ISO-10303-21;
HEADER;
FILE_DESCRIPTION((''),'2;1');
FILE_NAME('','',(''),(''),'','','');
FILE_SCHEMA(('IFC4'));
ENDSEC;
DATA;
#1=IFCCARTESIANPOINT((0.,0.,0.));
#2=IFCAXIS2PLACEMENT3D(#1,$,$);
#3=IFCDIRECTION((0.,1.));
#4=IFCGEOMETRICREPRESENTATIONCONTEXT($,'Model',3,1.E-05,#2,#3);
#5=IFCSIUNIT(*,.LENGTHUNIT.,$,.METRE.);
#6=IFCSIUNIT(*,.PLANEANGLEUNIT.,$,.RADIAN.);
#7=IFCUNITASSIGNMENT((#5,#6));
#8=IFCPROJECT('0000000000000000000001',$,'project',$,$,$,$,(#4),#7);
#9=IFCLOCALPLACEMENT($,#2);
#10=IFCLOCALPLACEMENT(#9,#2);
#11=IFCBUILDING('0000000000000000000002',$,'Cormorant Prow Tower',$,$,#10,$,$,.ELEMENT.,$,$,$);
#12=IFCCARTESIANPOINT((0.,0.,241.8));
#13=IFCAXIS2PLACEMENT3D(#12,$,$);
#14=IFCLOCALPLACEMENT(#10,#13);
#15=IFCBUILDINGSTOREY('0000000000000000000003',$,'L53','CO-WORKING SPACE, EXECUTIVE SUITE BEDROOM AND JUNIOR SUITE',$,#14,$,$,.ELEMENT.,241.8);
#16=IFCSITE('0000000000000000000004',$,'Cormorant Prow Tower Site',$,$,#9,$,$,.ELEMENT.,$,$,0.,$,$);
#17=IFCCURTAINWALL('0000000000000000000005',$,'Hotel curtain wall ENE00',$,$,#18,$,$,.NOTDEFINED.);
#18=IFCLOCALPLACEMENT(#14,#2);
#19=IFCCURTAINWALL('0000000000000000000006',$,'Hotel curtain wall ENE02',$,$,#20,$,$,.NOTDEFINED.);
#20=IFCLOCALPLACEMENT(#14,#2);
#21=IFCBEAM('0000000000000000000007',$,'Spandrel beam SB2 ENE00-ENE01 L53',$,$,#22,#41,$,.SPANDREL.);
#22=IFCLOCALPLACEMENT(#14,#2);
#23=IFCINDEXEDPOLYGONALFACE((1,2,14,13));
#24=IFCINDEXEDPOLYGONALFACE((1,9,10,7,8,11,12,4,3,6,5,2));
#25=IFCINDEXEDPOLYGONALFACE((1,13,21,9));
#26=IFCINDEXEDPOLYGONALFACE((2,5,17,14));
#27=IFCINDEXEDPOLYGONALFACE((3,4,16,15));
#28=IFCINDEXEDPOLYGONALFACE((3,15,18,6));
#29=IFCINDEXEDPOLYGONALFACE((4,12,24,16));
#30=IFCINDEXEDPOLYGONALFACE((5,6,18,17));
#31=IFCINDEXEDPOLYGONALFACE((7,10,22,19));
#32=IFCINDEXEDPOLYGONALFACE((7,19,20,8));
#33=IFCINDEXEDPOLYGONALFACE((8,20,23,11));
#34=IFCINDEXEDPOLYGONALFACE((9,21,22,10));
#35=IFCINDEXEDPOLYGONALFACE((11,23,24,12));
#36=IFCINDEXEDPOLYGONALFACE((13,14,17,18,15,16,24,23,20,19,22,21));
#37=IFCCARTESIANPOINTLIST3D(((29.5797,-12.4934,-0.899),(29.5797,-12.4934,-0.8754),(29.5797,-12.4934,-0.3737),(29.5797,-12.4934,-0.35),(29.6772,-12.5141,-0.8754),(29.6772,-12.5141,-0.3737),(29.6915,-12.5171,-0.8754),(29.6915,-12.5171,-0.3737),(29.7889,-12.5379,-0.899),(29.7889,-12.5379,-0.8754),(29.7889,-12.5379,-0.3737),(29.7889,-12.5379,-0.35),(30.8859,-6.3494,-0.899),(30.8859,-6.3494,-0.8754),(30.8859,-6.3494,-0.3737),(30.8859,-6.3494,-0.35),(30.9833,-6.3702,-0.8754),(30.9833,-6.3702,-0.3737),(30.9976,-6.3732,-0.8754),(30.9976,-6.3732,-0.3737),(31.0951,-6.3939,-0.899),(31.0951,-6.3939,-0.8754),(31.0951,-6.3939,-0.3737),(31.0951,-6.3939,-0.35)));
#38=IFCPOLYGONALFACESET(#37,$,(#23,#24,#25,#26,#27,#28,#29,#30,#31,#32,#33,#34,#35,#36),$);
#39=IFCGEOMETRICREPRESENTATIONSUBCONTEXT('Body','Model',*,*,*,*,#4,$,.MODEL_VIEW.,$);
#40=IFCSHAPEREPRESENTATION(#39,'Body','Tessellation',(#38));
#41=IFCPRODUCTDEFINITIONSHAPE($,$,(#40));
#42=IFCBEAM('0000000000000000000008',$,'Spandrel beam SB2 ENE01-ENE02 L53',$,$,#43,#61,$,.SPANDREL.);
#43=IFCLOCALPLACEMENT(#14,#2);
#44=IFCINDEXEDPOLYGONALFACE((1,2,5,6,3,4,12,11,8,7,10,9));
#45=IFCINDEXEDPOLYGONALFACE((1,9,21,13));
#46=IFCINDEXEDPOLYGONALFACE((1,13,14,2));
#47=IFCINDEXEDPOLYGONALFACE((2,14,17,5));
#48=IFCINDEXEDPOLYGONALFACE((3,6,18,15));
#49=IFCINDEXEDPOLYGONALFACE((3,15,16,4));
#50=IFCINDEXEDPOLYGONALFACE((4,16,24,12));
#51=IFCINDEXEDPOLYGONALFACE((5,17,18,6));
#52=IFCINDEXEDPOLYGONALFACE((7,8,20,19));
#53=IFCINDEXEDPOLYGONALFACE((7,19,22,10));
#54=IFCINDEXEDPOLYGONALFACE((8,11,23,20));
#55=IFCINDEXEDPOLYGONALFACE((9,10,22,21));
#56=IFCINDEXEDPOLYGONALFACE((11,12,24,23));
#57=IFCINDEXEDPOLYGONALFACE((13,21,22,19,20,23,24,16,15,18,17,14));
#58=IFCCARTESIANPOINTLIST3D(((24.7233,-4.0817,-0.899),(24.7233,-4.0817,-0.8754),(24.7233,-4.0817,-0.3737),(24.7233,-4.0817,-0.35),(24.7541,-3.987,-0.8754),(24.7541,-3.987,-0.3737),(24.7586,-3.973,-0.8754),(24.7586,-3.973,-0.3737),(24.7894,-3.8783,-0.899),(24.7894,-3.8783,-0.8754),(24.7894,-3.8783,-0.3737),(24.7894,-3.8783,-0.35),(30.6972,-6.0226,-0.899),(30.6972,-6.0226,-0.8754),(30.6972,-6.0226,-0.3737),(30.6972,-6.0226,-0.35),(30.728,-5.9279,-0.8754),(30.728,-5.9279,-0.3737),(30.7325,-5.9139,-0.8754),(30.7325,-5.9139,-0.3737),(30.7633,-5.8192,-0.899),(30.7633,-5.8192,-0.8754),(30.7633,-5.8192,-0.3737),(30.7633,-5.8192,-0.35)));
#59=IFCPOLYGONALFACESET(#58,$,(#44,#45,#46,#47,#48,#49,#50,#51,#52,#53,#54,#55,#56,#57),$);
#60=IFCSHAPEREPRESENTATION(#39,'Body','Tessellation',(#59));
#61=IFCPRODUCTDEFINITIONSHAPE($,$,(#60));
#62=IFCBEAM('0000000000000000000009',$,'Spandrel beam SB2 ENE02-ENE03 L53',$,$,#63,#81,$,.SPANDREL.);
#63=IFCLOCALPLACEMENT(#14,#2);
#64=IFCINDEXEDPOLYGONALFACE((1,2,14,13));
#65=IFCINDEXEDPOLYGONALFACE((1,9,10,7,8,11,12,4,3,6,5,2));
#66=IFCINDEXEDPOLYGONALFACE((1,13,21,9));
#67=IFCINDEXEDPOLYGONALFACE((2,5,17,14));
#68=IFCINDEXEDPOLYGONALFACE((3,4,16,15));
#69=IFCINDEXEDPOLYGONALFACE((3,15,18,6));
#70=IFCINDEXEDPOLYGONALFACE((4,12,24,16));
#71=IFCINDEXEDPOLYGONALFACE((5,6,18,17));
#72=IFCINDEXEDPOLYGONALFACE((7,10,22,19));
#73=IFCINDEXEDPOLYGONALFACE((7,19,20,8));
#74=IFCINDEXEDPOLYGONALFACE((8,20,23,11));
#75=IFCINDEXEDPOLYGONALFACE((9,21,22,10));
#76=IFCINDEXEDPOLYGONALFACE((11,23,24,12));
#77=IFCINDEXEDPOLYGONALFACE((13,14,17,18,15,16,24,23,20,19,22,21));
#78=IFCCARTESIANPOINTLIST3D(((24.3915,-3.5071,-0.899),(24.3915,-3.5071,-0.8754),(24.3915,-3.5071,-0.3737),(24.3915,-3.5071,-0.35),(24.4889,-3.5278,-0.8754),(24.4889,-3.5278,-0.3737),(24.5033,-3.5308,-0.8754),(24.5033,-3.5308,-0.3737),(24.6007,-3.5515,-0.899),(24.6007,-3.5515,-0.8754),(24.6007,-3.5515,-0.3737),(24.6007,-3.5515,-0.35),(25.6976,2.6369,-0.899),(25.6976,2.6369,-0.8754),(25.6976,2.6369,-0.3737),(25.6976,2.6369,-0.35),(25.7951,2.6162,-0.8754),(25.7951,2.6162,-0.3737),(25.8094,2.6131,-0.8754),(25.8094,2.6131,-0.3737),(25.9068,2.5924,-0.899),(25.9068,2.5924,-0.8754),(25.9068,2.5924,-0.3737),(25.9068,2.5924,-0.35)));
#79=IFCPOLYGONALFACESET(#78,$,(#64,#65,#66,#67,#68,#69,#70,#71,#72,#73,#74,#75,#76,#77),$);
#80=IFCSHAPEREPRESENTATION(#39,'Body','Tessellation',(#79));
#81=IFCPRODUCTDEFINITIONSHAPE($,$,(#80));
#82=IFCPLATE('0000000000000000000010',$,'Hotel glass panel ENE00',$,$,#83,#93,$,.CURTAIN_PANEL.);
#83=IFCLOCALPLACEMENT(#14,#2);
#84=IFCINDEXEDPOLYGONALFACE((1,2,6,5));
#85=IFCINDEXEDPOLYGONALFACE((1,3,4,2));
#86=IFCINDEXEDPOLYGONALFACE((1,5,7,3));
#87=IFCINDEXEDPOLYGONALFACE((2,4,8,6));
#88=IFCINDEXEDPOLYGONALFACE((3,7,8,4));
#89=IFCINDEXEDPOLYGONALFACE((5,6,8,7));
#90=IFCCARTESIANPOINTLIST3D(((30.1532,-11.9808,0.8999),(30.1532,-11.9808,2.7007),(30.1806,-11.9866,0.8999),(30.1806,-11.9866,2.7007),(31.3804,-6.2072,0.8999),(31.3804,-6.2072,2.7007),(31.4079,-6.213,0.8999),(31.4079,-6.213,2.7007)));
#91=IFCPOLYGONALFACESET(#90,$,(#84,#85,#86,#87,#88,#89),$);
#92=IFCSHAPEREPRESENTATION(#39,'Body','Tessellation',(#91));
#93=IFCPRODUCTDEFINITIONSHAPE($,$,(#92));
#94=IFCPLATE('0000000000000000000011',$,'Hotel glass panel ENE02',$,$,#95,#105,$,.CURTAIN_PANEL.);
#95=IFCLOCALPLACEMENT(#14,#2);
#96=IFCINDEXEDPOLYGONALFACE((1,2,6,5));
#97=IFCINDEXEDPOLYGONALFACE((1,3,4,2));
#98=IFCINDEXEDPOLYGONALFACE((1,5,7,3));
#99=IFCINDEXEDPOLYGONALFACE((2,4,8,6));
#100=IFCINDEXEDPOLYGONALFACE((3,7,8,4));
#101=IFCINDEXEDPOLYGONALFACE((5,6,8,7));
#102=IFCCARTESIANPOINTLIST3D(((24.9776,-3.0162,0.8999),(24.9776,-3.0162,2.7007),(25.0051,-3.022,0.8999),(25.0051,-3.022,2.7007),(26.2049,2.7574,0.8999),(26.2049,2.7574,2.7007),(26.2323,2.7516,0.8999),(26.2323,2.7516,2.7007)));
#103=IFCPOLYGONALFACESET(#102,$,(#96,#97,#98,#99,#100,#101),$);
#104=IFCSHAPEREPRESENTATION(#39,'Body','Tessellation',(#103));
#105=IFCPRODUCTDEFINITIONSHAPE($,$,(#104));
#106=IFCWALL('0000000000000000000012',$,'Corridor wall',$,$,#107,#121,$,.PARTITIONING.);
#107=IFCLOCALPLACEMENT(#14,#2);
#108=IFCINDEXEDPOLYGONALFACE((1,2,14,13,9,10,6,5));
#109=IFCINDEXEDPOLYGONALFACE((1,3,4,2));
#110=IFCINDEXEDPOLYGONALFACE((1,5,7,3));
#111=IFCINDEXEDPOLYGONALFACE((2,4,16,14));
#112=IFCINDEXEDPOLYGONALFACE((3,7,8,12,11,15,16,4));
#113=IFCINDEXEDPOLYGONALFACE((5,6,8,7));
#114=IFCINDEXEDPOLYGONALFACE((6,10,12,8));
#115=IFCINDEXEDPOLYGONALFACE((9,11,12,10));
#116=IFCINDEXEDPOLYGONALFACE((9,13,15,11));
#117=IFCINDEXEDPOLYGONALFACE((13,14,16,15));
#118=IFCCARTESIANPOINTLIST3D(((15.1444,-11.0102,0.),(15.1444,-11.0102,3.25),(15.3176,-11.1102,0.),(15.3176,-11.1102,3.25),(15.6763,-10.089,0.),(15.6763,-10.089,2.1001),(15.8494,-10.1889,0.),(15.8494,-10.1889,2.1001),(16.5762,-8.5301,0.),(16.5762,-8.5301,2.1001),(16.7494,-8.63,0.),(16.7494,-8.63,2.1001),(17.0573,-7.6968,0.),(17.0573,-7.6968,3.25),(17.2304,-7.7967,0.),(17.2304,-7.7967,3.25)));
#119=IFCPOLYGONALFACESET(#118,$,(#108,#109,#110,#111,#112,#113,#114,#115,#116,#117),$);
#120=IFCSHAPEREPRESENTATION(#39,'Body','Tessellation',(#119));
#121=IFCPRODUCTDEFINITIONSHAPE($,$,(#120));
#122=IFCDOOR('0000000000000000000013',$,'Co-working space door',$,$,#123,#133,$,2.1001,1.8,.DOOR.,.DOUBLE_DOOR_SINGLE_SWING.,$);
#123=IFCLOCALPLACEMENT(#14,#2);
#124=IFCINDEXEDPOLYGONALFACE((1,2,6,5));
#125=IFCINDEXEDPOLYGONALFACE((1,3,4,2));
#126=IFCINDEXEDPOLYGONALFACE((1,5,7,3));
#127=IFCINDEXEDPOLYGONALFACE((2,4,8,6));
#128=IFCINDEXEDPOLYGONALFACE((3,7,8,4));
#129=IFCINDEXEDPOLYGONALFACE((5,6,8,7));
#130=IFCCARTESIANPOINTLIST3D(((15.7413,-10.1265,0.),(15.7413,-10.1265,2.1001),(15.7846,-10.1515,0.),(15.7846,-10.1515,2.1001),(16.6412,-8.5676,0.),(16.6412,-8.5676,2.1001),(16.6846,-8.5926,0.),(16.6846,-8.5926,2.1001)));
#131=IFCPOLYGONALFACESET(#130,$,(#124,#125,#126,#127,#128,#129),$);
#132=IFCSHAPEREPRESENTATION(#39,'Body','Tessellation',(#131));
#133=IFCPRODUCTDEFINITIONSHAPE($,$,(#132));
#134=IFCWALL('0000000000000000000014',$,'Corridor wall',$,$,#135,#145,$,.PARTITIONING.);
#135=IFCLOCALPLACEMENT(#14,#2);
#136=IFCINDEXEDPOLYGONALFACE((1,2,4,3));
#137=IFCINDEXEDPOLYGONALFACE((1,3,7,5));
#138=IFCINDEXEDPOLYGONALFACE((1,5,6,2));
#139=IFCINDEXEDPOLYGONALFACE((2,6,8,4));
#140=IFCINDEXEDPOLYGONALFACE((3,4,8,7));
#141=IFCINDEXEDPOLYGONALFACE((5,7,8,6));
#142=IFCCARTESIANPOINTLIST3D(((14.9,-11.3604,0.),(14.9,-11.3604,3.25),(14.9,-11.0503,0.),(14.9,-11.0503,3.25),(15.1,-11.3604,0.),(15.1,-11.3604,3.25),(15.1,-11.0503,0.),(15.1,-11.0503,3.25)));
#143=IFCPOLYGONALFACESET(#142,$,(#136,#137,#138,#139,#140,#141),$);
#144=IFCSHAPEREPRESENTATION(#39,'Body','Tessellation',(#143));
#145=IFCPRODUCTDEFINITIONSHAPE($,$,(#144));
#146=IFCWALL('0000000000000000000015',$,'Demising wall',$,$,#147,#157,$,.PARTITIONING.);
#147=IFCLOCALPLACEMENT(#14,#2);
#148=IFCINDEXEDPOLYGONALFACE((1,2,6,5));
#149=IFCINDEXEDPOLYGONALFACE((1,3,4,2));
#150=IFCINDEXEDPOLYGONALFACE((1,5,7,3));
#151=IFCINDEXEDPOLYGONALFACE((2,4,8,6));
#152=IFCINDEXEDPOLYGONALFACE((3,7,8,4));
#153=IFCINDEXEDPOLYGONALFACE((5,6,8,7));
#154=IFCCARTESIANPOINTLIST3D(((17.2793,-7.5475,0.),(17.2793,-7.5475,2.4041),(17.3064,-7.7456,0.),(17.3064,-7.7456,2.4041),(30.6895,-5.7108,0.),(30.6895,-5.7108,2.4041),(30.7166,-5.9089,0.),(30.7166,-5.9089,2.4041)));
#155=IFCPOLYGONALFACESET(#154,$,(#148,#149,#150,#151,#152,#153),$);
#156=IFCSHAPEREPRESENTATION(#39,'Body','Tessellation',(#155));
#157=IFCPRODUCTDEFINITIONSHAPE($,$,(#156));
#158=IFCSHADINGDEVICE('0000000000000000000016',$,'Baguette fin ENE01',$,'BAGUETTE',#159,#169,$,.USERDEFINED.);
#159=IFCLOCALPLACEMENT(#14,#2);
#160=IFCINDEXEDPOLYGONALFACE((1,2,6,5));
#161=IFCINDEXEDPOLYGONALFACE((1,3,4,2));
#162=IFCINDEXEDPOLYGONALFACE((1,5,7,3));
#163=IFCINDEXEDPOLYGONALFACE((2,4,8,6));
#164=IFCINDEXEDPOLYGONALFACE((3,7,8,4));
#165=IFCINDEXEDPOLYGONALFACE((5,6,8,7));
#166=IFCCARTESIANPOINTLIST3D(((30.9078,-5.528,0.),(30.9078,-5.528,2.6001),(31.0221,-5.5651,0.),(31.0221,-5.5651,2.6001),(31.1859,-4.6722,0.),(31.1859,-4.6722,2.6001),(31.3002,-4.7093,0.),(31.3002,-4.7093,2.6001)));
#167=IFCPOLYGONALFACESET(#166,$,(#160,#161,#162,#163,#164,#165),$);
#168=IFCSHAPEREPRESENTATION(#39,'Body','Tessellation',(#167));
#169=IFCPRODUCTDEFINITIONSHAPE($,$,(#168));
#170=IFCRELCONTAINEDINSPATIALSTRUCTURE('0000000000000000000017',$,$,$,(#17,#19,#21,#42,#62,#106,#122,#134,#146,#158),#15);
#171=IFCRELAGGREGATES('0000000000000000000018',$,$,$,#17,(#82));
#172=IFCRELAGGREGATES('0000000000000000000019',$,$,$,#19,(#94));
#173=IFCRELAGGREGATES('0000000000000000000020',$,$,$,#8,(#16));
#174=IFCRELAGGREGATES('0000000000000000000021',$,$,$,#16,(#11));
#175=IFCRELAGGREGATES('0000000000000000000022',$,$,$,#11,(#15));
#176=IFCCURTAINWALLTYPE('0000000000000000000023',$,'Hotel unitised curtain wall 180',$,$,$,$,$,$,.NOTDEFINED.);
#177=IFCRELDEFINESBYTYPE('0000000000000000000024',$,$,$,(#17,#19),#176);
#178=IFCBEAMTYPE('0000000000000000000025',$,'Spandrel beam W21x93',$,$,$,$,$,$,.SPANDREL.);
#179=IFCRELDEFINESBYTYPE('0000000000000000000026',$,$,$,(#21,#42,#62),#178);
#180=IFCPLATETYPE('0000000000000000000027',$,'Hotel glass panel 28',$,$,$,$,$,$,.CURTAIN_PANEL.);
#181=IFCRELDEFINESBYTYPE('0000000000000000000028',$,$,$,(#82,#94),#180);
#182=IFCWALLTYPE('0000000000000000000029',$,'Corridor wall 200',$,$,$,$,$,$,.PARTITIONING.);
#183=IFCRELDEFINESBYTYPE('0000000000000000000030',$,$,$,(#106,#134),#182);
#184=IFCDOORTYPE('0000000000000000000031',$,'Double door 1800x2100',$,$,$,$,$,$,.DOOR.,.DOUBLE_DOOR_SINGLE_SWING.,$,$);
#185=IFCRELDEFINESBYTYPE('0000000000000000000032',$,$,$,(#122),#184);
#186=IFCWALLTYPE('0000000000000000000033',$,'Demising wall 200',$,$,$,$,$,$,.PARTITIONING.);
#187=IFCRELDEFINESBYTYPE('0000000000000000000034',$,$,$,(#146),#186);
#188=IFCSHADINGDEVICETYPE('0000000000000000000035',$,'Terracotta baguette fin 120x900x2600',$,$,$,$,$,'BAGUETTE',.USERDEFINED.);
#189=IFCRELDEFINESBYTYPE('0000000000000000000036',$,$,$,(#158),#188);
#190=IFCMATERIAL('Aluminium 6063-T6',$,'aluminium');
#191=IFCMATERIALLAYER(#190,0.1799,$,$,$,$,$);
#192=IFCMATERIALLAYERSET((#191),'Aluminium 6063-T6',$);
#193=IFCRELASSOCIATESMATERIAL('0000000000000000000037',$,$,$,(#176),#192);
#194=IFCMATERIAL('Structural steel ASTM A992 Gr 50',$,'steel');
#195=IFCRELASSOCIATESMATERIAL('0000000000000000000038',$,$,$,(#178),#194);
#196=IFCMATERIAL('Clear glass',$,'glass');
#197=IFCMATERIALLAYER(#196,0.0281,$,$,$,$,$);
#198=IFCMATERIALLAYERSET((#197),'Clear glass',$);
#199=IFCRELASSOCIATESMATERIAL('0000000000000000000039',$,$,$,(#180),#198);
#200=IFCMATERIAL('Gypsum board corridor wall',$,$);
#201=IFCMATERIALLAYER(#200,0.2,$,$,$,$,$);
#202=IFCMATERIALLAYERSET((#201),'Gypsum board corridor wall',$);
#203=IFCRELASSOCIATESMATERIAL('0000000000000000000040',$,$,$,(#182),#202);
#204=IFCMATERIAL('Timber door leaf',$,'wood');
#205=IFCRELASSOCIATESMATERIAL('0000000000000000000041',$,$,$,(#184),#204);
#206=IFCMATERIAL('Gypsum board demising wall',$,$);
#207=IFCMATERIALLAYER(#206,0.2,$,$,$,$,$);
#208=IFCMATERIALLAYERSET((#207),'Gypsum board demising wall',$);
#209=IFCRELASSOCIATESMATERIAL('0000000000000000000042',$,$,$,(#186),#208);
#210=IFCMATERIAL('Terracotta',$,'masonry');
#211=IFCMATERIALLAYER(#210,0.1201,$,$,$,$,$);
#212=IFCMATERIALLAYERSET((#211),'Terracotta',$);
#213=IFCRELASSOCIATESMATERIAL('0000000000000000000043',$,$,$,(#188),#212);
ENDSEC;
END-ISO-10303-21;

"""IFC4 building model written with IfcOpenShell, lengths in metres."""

from ifc_helpers import new_model, si_unit, direction, frame, frame_2d, origin, origin_2d, place, context, subcontext, project, spatial, rectangle, i_section, extrude, material, layer, layer_set, material_profile, profile_set, type_object, element, fill, aggregate, save


model = new_model("IFC4")

# Units and contexts
model_context = context("Model", 3, precision=1e-05, world=origin(), true_north=direction((0.0, 1.0)))
body_context = subcontext(model_context, "Body", "Model", "MODEL_VIEW")
ifc_project = project(units=[si_unit("LENGTHUNIT", "METRE"), si_unit("PLANEANGLEUNIT", "RADIAN")], contexts=[model_context])

# Site, building, storey
site_placement = place(None, origin())
site = spatial("IfcSite", under=ifc_project, at=site_placement, Name="Cormorant Prow Tower Site", CompositionType="ELEMENT", RefElevation=0.0)
building_placement = place(site_placement, origin())
building = spatial("IfcBuilding", under=site, at=building_placement, Name="Cormorant Prow Tower", CompositionType="ELEMENT")
storey_placement = place(building_placement, frame((0.0, 0.0, 241.8)))
storey = spatial("IfcBuildingStorey", under=building, at=storey_placement, Name="L53", Description="CO-WORKING SPACE, EXECUTIVE SUITE BEDROOM AND JUNIOR SUITE", CompositionType="ELEMENT", Elevation=241.8)

# Curtain walls
ifc_material_1 = material(Name="Aluminium 6063-T6", Category="aluminium")
ifc_layer_1 = layer(ifc_material_1, 0.1799)
ifc_layer_set_1 = layer_set([ifc_layer_1], Name="Aluminium 6063-T6")
curtain_wall_type = type_object("IfcCurtainWallType", Name="Hotel unitised curtain wall 180", PredefinedType="NOTDEFINED", material=ifc_layer_set_1)
curtain_wall_1_placement = place(storey_placement, origin())
curtain_wall_1 = element("IfcCurtainWall", 1, at=curtain_wall_1_placement, inside=storey, type_object=curtain_wall_type, Name="Hotel curtain wall ENE00", PredefinedType="NOTDEFINED")
curtain_wall_2_placement = place(storey_placement, origin())
curtain_wall_2 = element("IfcCurtainWall", 2, at=curtain_wall_2_placement, inside=storey, type_object=curtain_wall_type, Name="Hotel curtain wall ENE02", PredefinedType="NOTDEFINED")

# Beams
ifc_material_2 = material(Name="Structural steel ASTM A992 Gr 50", Category="steel")
ifc_material_profile_1 = material_profile(ifc_material_2, i_section(OverallWidth=0.2139, OverallDepth=0.5491, WebThickness=0.0146, FlangeThickness=0.0237, at=origin_2d()), Name="W21x93")
ifc_profile_set_1 = profile_set([ifc_material_profile_1], Name="Structural steel ASTM A992 Gr 50")
beam_type_1 = type_object("IfcBeamType", Name="Spandrel beam W21x93", PredefinedType="SPANDREL", material=ifc_profile_set_1)
for number, where, z_axis, x_axis, name in (
    (3, (29.6843, -12.5156, -0.6245), (0.207941, 0.978141, 0.0), (-0.978141, 0.207941, 0.0), "Spandrel beam SB2 ENE00-ENE01 L53"),
    (4, (30.7302, -5.9209, -0.6245), (-0.951062, 0.309001, 0.0), (-0.309001, -0.951062, 0.0), "Spandrel beam SB2 ENE01-ENE02 L53"),
    (5, (24.4961, -3.5293, -0.6245), (0.207941, 0.978141, 0.0), (-0.978141, 0.207941, 0.0), "Spandrel beam SB2 ENE02-ENE03 L53"),
):
    element("IfcBeam", number, at=place(storey_placement, frame(where, z_axis=z_axis, x_axis=x_axis)), inside=storey, type_object=beam_type_1, Name=name, PredefinedType="SPANDREL", context=body_context, shape_type="SweptSolid", body=[
        extrude(i_section(OverallWidth=0.2139, OverallDepth=0.5491, WebThickness=0.0146, FlangeThickness=0.0237, at=origin_2d()), origin(), (0.0, 0.0, 1.0), 6.2812),
    ])

# Plates
ifc_material_3 = material(Name="Clear glass", Category="glass")
ifc_layer_2 = layer(ifc_material_3, 0.0281)
ifc_layer_set_2 = layer_set([ifc_layer_2], Name="Clear glass")
plate_type = type_object("IfcPlateType", Name="Hotel glass panel 28", PredefinedType="CURTAIN_PANEL", material=ifc_layer_set_2)
plate_1_placement = place(storey_placement, frame((30.7805, -9.0969, 0.8999), z_axis=(0.0, 0.0, 1.0), x_axis=(0.207912, 0.978148, 0.0)))
plate_1 = element("IfcPlate", 6, at=plate_1_placement, type_object=plate_type, Name="Hotel glass panel ENE00", PredefinedType="CURTAIN_PANEL", context=body_context, shape_type="SweptSolid", body=[
    extrude(rectangle(XDim=5.9026, YDim=0.0281, at=origin_2d()), origin(), (0.0, 0.0, 1.0), 1.8008),
])
aggregate(curtain_wall_1, [plate_1])
plate_2_placement = place(storey_placement, frame((25.605, -0.1323, 0.8999), z_axis=(0.0, 0.0, 1.0), x_axis=(0.207912, 0.978148, 0.0)))
plate_2 = element("IfcPlate", 7, at=plate_2_placement, type_object=plate_type, Name="Hotel glass panel ENE02", PredefinedType="CURTAIN_PANEL", context=body_context, shape_type="SweptSolid", body=[
    extrude(rectangle(XDim=5.9026, YDim=0.0281, at=origin_2d()), origin(), (0.0, 0.0, 1.0), 1.8008),
])
aggregate(curtain_wall_2, [plate_2])

# Wall, opening, door
ifc_material_4 = material(Name="Gypsum board corridor wall")
ifc_layer_3 = layer(ifc_material_4, 0.2)
ifc_layer_set_3 = layer_set([ifc_layer_3], Name="Gypsum board corridor wall")
wall_type_1 = type_object("IfcWallType", Name="Corridor wall 200", PredefinedType="PARTITIONING", material=ifc_layer_set_3)
wall_1_placement = place(storey_placement, frame((15.231, -11.0603, 0.0), z_axis=(0.0, 0.0, 1.0), x_axis=(0.499962, 0.866047, 0.0)))
wall_1 = element("IfcWall", 8, at=wall_1_placement, inside=storey, type_object=wall_type_1, Name="Corridor wall", PredefinedType="PARTITIONING", context=body_context, shape_type="SweptSolid", body=[
    extrude(rectangle(XDim=3.8259, YDim=0.2, at=frame_2d((1.9131, 0.0))), origin(), (0.0, 0.0, 1.0), 3.25),
])
opening_1_placement = place(wall_1_placement, frame((1.064, 0.0, 0.0)))
opening_1 = element("IfcOpeningElement", 9, at=opening_1_placement, cuts=wall_1, PredefinedType="OPENING", context=body_context, shape_type="SweptSolid", body=[
    extrude(rectangle(XDim=1.8, YDim=2.1001, at=frame_2d((0.8999, 1.05))), frame((0.0, 0.1099, 0.0), z_axis=(0.0, -1.0, 0.0), x_axis=(1.0, 0.0, 0.0)), (0.0, 0.0, 1.0), 0.22),
])
ifc_material_5 = material(Name="Timber door leaf", Category="wood")
door_type_1 = type_object("IfcDoorType", Name="Double door 1800x2100", OperationType="DOUBLE_DOOR_SINGLE_SWING", PredefinedType="DOOR", material=ifc_material_5)
door_1_placement = place(opening_1_placement, origin())
door_1 = element("IfcDoor", 10, at=door_1_placement, inside=storey, type_object=door_type_1, Name="Co-working space door", OperationType="DOUBLE_DOOR_SINGLE_SWING", OverallHeight=2.1001, OverallWidth=1.8, PredefinedType="DOOR", context=body_context, shape_type="SweptSolid", body=[
    extrude(rectangle(XDim=1.8, YDim=2.1001, at=frame_2d((0.8999, 1.05))), frame((0.0, 0.0249, 0.0), z_axis=(0.0, -1.0, 0.0), x_axis=(1.0, 0.0, 0.0)), (0.0, 0.0, 1.0), 0.05),
])
fill(opening_1, door_1)

# Walls
wall_2_placement = place(storey_placement, frame((15.0, -11.3604, 0.0), z_axis=(0.0, 0.0, 1.0), x_axis=(0.0, 1.0, 0.0)))
element("IfcWall", 11, at=wall_2_placement, inside=storey, type_object=wall_type_1, Name="Corridor wall", PredefinedType="PARTITIONING", context=body_context, shape_type="SweptSolid", body=[
    extrude(rectangle(XDim=0.3101, YDim=0.2, at=frame_2d((0.155, 0.0))), origin(), (0.0, 0.0, 1.0), 3.25),
])
ifc_material_6 = material(Name="Gypsum board demising wall")
ifc_layer_4 = layer(ifc_material_6, 0.2)
ifc_layer_set_4 = layer_set([ifc_layer_4], Name="Gypsum board demising wall")
wall_type_2 = type_object("IfcWallType", Name="Demising wall 200", PredefinedType="PARTITIONING", material=ifc_layer_set_4)
wall_3_placement = place(storey_placement, frame((17.293, -7.6465, 0.0), z_axis=(0.0, 0.0, 1.0), x_axis=(0.990751, 0.135694, 0.0)))
element("IfcWall", 12, at=wall_3_placement, inside=storey, type_object=wall_type_2, Name="Demising wall", PredefinedType="PARTITIONING", context=body_context, shape_type="SweptSolid", body=[
    extrude(rectangle(XDim=13.5354, YDim=0.2, at=frame_2d((6.7676, 0.0))), origin(), (0.0, 0.0, 1.0), 2.4041),
])

# Shading device
ifc_material_7 = material(Name="Terracotta", Category="masonry")
ifc_layer_5 = layer(ifc_material_7, 0.1201)
ifc_layer_set_5 = layer_set([ifc_layer_5], Name="Terracotta")
shading_device_type = type_object("IfcShadingDeviceType", Name="Terracotta baguette fin 120x900x2600", ElementType="BAGUETTE", PredefinedType="USERDEFINED", material=ifc_layer_set_5)
shading_device_placement = place(storey_placement, frame((31.104, -5.1187, 0.0), z_axis=(0.0, 0.0, 1.0), x_axis=(-0.951057, 0.309017, 0.0)))
element("IfcShadingDevice", 13, at=shading_device_placement, inside=storey, type_object=shading_device_type, Name="Baguette fin ENE01", ObjectType="BAGUETTE", PredefinedType="USERDEFINED", context=body_context, shape_type="SweptSolid", body=[
    extrude(rectangle(XDim=0.1201, YDim=0.8999, at=origin_2d()), origin(), (0.0, 0.0, 1.0), 2.6001),
])

save(model, "model.ifc")
